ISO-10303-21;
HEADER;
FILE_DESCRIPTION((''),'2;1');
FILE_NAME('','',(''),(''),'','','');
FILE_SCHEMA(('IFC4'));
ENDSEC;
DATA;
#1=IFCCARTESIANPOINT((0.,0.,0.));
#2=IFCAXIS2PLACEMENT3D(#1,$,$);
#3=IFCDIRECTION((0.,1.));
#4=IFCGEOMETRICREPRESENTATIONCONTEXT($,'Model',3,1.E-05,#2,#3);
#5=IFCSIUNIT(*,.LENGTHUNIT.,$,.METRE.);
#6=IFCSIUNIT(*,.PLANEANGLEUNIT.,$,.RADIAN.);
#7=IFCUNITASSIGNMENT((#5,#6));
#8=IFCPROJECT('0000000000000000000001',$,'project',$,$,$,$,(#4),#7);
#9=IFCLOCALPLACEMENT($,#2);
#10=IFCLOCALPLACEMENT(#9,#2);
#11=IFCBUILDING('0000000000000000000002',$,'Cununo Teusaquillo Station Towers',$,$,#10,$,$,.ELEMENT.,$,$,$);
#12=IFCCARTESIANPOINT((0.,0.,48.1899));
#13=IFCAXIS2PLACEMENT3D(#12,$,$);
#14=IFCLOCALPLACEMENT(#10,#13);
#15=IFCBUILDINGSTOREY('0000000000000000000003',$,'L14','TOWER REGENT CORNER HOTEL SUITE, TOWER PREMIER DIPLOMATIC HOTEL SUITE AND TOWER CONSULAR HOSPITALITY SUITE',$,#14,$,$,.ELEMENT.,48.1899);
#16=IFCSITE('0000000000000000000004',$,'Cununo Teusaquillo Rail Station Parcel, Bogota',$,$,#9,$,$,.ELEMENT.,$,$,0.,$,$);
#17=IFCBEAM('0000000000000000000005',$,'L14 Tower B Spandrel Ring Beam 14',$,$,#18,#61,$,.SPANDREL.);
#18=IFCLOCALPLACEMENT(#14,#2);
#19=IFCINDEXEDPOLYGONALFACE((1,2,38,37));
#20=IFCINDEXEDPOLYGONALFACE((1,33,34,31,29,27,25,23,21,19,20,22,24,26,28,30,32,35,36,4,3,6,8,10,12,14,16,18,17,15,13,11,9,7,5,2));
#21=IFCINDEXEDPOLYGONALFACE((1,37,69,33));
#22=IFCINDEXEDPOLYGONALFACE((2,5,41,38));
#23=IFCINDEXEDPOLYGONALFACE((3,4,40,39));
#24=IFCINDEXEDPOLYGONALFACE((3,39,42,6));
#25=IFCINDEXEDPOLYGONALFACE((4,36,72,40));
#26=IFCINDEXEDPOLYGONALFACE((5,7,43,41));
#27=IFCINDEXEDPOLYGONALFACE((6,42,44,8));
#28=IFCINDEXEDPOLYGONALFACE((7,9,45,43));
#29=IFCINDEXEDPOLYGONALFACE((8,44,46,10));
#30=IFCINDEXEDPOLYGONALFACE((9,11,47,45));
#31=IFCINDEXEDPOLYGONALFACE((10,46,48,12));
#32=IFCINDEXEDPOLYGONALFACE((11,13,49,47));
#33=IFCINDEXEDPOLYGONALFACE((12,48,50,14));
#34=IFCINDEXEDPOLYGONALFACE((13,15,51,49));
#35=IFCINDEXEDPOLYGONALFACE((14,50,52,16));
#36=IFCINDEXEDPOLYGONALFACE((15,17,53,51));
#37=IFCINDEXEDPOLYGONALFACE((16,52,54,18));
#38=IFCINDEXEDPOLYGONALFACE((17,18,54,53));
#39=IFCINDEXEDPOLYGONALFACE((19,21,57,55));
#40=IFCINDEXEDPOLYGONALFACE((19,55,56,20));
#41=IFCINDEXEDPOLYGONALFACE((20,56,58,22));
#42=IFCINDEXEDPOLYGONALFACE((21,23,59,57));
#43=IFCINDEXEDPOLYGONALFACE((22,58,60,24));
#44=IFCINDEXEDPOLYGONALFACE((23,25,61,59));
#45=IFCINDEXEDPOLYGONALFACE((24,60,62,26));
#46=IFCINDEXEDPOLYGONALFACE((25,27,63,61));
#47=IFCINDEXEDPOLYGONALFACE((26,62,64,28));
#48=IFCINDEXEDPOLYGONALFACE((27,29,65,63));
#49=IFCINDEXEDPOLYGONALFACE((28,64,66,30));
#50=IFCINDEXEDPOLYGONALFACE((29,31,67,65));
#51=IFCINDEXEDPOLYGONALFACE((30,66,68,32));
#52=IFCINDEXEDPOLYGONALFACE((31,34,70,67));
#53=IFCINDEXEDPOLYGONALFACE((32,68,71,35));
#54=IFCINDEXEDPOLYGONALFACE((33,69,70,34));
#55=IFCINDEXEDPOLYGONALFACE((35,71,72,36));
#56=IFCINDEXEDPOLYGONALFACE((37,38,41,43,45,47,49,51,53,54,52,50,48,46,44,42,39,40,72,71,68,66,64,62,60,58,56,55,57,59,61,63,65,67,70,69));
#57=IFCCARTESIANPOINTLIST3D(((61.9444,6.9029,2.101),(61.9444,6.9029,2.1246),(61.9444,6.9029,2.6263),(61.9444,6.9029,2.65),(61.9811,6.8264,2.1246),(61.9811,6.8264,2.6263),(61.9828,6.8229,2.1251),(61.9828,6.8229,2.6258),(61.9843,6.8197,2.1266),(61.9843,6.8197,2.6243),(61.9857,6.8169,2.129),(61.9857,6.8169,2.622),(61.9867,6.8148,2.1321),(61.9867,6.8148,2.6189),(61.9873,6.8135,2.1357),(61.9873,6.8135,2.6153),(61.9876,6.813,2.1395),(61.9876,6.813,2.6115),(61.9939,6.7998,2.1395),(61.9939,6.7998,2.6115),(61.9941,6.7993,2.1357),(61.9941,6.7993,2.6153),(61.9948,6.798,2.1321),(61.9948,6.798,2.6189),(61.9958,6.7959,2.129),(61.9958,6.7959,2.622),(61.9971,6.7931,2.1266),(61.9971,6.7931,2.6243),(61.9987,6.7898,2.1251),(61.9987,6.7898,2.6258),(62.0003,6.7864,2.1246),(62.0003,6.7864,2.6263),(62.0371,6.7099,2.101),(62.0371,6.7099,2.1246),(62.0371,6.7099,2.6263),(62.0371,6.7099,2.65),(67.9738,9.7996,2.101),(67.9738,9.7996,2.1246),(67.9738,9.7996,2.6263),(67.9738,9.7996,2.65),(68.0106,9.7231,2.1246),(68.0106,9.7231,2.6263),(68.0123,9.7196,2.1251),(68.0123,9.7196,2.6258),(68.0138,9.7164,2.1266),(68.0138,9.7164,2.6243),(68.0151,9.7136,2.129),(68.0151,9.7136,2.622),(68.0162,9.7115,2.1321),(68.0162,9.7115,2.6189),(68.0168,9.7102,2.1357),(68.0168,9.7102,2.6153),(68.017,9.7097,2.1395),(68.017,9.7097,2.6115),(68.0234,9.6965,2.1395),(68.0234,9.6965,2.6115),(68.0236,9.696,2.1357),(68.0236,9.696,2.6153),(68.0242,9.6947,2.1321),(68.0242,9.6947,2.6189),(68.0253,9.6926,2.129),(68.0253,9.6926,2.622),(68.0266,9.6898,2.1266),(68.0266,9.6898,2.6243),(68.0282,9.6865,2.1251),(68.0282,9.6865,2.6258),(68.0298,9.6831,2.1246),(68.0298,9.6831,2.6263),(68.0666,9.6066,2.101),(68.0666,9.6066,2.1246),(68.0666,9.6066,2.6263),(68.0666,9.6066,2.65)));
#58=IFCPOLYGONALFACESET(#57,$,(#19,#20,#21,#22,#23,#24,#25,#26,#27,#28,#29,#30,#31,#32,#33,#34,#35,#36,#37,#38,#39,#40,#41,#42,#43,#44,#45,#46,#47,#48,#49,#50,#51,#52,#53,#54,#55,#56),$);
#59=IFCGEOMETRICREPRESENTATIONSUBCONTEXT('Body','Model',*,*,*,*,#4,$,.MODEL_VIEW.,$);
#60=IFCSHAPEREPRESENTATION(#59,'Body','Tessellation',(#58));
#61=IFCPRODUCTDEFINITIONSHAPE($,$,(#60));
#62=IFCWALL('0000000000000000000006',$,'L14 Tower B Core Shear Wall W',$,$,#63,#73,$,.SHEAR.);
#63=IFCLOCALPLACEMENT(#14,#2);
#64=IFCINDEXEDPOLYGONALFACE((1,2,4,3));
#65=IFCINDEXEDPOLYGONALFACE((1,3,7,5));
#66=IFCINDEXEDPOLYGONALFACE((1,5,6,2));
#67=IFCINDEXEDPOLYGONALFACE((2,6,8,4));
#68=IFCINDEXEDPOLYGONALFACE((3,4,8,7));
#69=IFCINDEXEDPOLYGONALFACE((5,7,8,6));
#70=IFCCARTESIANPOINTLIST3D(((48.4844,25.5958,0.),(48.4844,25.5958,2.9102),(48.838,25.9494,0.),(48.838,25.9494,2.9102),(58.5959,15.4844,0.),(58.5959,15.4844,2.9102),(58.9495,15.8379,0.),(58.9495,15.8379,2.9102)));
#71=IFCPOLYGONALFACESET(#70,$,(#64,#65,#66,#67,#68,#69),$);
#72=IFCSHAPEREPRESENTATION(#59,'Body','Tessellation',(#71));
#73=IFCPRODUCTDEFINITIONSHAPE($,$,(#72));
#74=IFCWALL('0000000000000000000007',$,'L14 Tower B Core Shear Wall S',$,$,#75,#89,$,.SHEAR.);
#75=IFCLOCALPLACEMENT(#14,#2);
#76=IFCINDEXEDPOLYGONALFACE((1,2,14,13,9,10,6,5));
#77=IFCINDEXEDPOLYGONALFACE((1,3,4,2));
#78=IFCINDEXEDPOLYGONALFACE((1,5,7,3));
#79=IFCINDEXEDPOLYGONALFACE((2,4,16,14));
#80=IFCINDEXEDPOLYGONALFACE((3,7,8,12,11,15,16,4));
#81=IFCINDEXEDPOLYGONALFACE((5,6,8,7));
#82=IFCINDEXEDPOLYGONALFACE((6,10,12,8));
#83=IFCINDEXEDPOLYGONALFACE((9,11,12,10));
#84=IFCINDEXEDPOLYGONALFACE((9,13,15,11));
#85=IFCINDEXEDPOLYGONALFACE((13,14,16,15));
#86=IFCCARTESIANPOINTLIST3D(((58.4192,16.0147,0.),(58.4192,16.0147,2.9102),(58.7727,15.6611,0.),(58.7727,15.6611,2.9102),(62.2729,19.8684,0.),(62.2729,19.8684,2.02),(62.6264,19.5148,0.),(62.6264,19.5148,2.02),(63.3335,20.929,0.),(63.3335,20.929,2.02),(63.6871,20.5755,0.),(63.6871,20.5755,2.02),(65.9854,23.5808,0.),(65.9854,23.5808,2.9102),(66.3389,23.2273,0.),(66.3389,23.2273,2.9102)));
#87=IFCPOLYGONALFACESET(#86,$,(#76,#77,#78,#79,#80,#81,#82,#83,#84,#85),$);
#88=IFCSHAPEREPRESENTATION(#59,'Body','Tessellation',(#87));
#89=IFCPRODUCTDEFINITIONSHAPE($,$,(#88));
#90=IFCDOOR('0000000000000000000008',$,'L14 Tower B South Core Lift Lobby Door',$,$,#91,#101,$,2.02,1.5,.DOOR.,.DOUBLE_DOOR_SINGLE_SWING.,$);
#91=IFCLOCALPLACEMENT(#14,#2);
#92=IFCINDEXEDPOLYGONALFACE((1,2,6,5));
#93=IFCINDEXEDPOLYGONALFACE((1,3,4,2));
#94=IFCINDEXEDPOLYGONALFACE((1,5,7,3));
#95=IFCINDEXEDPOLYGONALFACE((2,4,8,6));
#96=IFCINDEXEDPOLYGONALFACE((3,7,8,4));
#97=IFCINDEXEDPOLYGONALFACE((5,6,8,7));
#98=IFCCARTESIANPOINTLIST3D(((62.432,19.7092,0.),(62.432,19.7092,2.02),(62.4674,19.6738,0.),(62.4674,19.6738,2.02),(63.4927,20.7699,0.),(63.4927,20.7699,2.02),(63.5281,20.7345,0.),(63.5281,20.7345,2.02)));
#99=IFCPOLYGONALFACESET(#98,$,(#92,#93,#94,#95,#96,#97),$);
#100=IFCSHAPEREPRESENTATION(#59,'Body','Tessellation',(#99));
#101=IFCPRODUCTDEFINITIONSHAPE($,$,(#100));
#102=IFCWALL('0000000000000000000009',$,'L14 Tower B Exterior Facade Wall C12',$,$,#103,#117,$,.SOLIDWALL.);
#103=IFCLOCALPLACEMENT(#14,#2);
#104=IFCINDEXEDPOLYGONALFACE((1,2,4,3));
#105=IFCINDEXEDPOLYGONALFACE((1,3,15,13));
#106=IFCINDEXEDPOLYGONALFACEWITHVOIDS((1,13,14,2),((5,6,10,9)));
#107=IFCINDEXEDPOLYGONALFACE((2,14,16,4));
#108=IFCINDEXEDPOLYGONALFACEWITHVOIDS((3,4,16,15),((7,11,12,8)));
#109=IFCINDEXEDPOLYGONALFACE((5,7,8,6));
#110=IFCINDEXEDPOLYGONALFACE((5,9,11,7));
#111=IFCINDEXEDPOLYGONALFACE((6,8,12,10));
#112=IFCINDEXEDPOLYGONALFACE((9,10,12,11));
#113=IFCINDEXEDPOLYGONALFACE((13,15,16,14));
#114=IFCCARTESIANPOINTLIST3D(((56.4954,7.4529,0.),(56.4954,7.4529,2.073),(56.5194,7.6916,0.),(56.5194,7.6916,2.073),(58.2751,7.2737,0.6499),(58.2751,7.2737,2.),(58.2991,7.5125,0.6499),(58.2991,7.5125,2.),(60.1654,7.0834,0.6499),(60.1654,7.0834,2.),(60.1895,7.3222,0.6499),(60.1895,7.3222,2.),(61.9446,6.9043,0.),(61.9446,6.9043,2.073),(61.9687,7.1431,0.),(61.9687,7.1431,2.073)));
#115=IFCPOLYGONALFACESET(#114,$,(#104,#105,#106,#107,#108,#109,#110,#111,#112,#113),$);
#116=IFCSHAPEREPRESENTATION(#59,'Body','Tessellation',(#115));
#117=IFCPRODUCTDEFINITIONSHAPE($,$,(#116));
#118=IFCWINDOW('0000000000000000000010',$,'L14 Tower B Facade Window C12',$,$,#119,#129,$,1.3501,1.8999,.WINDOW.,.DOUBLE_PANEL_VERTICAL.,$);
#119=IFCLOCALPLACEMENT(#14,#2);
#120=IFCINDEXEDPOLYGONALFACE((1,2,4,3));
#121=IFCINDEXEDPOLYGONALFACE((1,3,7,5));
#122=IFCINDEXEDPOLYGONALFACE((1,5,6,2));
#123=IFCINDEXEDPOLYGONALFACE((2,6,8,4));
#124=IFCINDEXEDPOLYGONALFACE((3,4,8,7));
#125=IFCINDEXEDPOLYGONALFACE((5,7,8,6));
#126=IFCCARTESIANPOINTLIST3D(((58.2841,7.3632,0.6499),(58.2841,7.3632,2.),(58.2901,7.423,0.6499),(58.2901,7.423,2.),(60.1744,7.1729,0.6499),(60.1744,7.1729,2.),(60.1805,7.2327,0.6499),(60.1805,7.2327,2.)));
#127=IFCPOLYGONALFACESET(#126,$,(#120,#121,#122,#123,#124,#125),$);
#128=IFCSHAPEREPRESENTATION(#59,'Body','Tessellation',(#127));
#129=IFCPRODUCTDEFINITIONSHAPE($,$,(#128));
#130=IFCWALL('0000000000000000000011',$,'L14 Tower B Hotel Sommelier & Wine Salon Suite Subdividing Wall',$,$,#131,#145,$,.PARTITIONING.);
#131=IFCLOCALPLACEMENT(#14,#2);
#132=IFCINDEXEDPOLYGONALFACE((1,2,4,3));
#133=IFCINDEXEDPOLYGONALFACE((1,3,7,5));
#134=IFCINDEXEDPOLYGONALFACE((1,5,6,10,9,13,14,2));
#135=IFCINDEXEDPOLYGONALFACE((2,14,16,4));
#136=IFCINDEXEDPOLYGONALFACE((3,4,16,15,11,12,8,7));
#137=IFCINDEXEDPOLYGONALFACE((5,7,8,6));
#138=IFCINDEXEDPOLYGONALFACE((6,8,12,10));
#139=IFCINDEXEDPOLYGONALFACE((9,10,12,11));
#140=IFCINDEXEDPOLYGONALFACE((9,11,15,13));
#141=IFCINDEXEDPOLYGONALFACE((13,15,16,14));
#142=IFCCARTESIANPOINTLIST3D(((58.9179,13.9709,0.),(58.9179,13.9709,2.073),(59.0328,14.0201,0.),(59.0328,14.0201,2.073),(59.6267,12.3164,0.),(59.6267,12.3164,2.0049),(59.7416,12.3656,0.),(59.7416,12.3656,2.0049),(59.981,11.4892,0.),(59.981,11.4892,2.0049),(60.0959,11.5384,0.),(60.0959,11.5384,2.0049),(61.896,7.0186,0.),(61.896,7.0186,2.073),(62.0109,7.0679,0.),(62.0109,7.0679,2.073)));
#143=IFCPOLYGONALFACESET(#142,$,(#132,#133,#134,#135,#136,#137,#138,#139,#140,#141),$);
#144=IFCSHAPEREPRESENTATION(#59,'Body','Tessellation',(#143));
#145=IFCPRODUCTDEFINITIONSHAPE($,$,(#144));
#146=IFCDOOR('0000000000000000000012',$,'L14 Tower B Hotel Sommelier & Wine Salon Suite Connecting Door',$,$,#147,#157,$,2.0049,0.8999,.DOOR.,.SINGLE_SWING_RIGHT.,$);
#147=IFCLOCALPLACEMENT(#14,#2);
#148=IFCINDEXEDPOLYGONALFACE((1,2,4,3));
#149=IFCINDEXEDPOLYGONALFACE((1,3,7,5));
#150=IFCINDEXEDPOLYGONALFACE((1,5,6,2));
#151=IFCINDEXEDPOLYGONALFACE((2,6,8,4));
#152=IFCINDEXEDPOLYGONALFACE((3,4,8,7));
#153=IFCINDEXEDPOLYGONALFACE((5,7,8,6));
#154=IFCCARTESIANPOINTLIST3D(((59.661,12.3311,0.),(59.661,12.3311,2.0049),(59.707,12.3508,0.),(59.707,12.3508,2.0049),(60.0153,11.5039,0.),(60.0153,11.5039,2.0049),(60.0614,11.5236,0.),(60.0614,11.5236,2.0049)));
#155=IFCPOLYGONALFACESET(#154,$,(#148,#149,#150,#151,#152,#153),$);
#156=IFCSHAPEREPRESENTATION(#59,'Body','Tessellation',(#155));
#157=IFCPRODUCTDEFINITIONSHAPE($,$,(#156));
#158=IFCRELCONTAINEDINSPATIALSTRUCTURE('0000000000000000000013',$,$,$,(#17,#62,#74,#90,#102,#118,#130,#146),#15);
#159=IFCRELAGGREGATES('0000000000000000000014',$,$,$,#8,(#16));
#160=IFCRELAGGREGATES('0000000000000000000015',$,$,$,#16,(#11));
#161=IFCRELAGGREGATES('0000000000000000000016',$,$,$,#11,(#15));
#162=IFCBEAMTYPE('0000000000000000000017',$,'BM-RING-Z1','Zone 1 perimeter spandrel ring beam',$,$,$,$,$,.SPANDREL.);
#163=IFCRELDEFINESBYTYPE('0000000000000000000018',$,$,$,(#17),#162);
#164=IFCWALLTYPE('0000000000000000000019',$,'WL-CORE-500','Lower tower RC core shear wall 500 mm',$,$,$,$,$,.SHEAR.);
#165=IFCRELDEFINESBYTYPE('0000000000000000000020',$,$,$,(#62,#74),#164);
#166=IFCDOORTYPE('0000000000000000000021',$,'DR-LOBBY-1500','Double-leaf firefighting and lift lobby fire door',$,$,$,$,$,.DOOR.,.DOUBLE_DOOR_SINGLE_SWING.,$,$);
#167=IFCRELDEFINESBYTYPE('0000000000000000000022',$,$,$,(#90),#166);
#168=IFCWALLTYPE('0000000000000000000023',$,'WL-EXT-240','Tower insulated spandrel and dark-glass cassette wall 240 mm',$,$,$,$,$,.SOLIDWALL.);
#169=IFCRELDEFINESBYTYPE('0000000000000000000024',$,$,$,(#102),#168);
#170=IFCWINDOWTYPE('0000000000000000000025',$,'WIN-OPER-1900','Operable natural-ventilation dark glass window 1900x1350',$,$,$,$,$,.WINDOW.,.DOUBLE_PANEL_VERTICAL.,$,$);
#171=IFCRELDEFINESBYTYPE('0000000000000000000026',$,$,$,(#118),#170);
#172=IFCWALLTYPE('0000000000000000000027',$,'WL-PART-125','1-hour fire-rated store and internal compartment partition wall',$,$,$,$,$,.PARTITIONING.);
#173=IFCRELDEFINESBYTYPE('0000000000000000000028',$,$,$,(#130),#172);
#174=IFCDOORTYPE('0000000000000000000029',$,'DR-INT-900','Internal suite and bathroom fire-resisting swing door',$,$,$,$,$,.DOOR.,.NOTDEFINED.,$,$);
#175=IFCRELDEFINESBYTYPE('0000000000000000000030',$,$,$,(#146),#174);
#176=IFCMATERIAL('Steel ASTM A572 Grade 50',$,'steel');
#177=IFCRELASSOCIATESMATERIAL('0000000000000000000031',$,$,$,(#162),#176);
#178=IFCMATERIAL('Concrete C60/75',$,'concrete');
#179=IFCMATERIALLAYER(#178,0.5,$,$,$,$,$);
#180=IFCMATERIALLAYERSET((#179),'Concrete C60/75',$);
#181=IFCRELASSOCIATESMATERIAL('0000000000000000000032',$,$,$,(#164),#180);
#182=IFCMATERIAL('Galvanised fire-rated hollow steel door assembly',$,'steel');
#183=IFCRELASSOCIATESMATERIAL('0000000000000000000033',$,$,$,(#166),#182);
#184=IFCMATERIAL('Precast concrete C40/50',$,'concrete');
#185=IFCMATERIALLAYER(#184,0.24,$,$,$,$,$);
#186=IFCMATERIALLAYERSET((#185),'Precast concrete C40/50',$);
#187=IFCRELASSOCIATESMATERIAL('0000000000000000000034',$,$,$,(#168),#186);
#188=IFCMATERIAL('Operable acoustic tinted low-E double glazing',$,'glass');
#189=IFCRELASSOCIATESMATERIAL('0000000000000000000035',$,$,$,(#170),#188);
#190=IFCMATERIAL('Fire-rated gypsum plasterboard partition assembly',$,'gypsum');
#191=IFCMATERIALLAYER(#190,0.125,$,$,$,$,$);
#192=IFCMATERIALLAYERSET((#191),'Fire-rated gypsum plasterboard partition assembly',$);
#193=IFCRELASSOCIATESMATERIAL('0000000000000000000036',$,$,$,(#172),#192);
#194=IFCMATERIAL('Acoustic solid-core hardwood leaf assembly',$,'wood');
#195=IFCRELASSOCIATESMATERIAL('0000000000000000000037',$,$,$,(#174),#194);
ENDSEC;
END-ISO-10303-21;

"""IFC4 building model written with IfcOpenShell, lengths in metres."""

from ifc_helpers import new_model, si_unit, direction, frame, frame_2d, origin, origin_2d, place, context, subcontext, project, spatial, rectangle, i_section, extrude, source, transform, mapped, material, layer, layer_set, material_profile, profile_set, type_object, element, fill, save


model = new_model("IFC4")

# Units and contexts
model_context = context("Model", 3, precision=1e-05, world=origin(), true_north=direction((0.0, 1.0)))
body_context = subcontext(model_context, "Body", "Model", "MODEL_VIEW")
ifc_project = project(units=[si_unit("LENGTHUNIT", "METRE"), si_unit("PLANEANGLEUNIT", "RADIAN")], contexts=[model_context])

# Site, building, storey
site_placement = place(None, origin())
site = spatial("IfcSite", under=ifc_project, at=site_placement, Name="Cununo Teusaquillo Rail Station Parcel, Bogota", CompositionType="ELEMENT", RefElevation=0.0)
building_placement = place(site_placement, origin())
building = spatial("IfcBuilding", under=site, at=building_placement, Name="Cununo Teusaquillo Station Towers", CompositionType="ELEMENT")
storey_placement = place(building_placement, frame((0.0, 0.0, 48.1899)))
storey = spatial("IfcBuildingStorey", under=building, at=storey_placement, Name="L14", Description="TOWER REGENT CORNER HOTEL SUITE, TOWER PREMIER DIPLOMATIC HOTEL SUITE AND TOWER CONSULAR HOSPITALITY SUITE", CompositionType="ELEMENT", Elevation=48.1899)

# Beam
ifc_material_1 = material(Name="Steel ASTM A572 Grade 50", Category="steel")
ifc_material_profile_1 = material_profile(ifc_material_1, i_section(OverallWidth=0.2141, OverallDepth=0.5491, WebThickness=0.0146, FlangeThickness=0.0237, FilletRadius=0.0149, at=origin_2d()), Name="W21X93")
ifc_profile_set_1 = profile_set([ifc_material_profile_1], Name="Steel ASTM A572 Grade 50")
beam_type_1 = type_object("IfcBeamType", Name="BM-RING-Z1", Description="Zone 1 perimeter spandrel ring beam", PredefinedType="SPANDREL", material=ifc_profile_set_1)
beam_1_placement = place(storey_placement, frame((61.9907, 6.8064, 2.3755), z_axis=(0.901374, 0.433041, 0.0), x_axis=(-0.433041, 0.901374, 0.0)))
element("IfcBeam", 1, at=beam_1_placement, inside=storey, type_object=beam_type_1, Name="L14 Tower B Spandrel Ring Beam 14", PredefinedType="SPANDREL", context=body_context, shape_type="SweptSolid", body=[
    extrude(i_section(OverallWidth=0.2141, OverallDepth=0.5491, WebThickness=0.0146, FlangeThickness=0.0237, FilletRadius=0.0149, at=origin_2d()), origin(), (0.0, 0.0, 1.0), 6.6892),
])

# Wall
ifc_material_2 = material(Name="Concrete C60/75", Category="concrete")
ifc_layer_1 = layer(ifc_material_2, 0.5)
ifc_layer_set_1 = layer_set([ifc_layer_1], Name="Concrete C60/75")
wall_type_1 = type_object("IfcWallType", Name="WL-CORE-500", Description="Lower tower RC core shear wall 500 mm", PredefinedType="SHEAR", material=ifc_layer_set_1)
wall_1_placement = place(storey_placement, frame((58.7727, 15.6611, 0.0), z_axis=(0.0, 0.0, 1.0), x_axis=(-0.707107, 0.707107, 0.0)))
element("IfcWall", 2, at=wall_1_placement, inside=storey, type_object=wall_type_1, Name="L14 Tower B Core Shear Wall W", PredefinedType="SHEAR", context=body_context, shape_type="SweptSolid", body=[
    extrude(rectangle(XDim=14.2998, YDim=0.5, at=frame_2d((7.1499, 0.0))), origin(), (0.0, 0.0, 1.0), 2.9102),
])

# Wall, opening, door
wall_2_placement = place(storey_placement, frame((58.5959, 15.8379, 0.0), z_axis=(0.0, 0.0, 1.0), x_axis=(0.707107, 0.707107, 0.0)))
wall_2 = element("IfcWall", 3, at=wall_2_placement, inside=storey, type_object=wall_type_1, Name="L14 Tower B Core Shear Wall S", PredefinedType="SHEAR", context=body_context, shape_type="SweptSolid", body=[
    extrude(rectangle(XDim=10.7002, YDim=0.5, at=frame_2d((5.3501, 0.0))), origin(), (0.0, 0.0, 1.0), 2.9102),
])
shared_shape_1 = source(origin(), body_context, "Body", "SweptSolid", [
    extrude(rectangle(XDim=1.5, YDim=2.02, at=frame_2d((0.75, 1.01))), frame((0.0, 0.26, 0.0), z_axis=(0.0, -1.0, 0.0), x_axis=(1.0, 0.0, 0.0)), (0.0, 0.0, 1.0), 0.52),
])
opening_1_placement = place(wall_2_placement, frame((5.45, 0.0, 0.0)))
opening_1 = element("IfcOpeningElement", 4, at=opening_1_placement, cuts=wall_2, PredefinedType="OPENING", context=body_context, shape_type="MappedRepresentation", body=[
    mapped(shared_shape_1, transform((0.0, 0.0, 0.0), x_axis=(1.0, 0.0, 0.0), y_axis=(0.0, 1.0, 0.0), z_axis=(0.0, 0.0, 1.0), scale=1.0)),
])
ifc_material_3 = material(Name="Galvanised fire-rated hollow steel door assembly", Category="steel")
door_type_1 = type_object("IfcDoorType", Name="DR-LOBBY-1500", Description="Double-leaf firefighting and lift lobby fire door", OperationType="DOUBLE_DOOR_SINGLE_SWING", PredefinedType="DOOR", material=ifc_material_3)
shared_shape_2 = source(origin(), body_context, "Body", "SweptSolid", [
    extrude(rectangle(XDim=1.5, YDim=2.02, at=frame_2d((0.75, 1.01))), frame((0.0, 0.0249, 0.0), z_axis=(0.0, -1.0, 0.0), x_axis=(1.0, 0.0, 0.0)), (0.0, 0.0, 1.0), 0.05),
])
door_1_placement = place(opening_1_placement, origin())
door_1 = element("IfcDoor", 5, at=door_1_placement, inside=storey, type_object=door_type_1, Name="L14 Tower B South Core Lift Lobby Door", OperationType="DOUBLE_DOOR_SINGLE_SWING", OverallHeight=2.02, OverallWidth=1.5, PredefinedType="DOOR", context=body_context, shape_type="MappedRepresentation", body=[
    mapped(shared_shape_2, transform((0.0, 0.0, 0.0), x_axis=(1.0, 0.0, 0.0), y_axis=(0.0, 1.0, 0.0), z_axis=(0.0, 0.0, 1.0), scale=1.0)),
])
fill(opening_1, door_1)

# Wall, opening, window
ifc_material_4 = material(Name="Precast concrete C40/50", Category="concrete")
ifc_layer_2 = layer(ifc_material_4, 0.24)
ifc_layer_set_2 = layer_set([ifc_layer_2], Name="Precast concrete C40/50")
wall_type_2 = type_object("IfcWallType", Name="WL-EXT-240", Description="Tower insulated spandrel and dark-glass cassette wall 240 mm", PredefinedType="SOLIDWALL", material=ifc_layer_set_2)
wall_3_placement = place(storey_placement, frame((61.9565, 7.0237, 0.0), z_axis=(0.0, 0.0, 1.0), x_axis=(-0.994971, 0.100166, 0.0)))
wall_3 = element("IfcWall", 6, at=wall_3_placement, inside=storey, type_object=wall_type_2, Name="L14 Tower B Exterior Facade Wall C12", PredefinedType="SOLIDWALL", context=body_context, shape_type="SweptSolid", body=[
    extrude(rectangle(XDim=5.4768, YDim=0.24, at=frame_2d((2.7383, 0.0))), origin(), (0.0, 0.0, 1.0), 2.073),
])
shared_shape_3 = source(origin(), body_context, "Body", "SweptSolid", [
    extrude(rectangle(XDim=1.8999, YDim=1.3501, at=frame_2d((0.95, 0.675))), frame((0.0, 0.1299, 0.0), z_axis=(0.0, -1.0, 0.0), x_axis=(1.0, 0.0, 0.0)), (0.0, 0.0, 1.0), 0.26),
])
opening_2_placement = place(wall_3_placement, frame((1.7881, 0.0, 0.6499)))
opening_2 = element("IfcOpeningElement", 7, at=opening_2_placement, cuts=wall_3, PredefinedType="OPENING", context=body_context, shape_type="MappedRepresentation", body=[
    mapped(shared_shape_3, transform((0.0, 0.0, 0.0), x_axis=(1.0, 0.0, 0.0), y_axis=(0.0, 1.0, 0.0), z_axis=(0.0, 0.0, 1.0), scale=1.0)),
])
ifc_material_5 = material(Name="Operable acoustic tinted low-E double glazing", Category="glass")
window_type = type_object("IfcWindowType", Name="WIN-OPER-1900", Description="Operable natural-ventilation dark glass window 1900x1350", PartitioningType="DOUBLE_PANEL_VERTICAL", PredefinedType="WINDOW", material=ifc_material_5)
shared_shape_4 = source(origin(), body_context, "Body", "SweptSolid", [
    extrude(rectangle(XDim=1.8999, YDim=1.3501, at=frame_2d((0.95, 0.675))), frame((0.0, 0.03, 0.0), z_axis=(0.0, -1.0, 0.0), x_axis=(1.0, 0.0, 0.0)), (0.0, 0.0, 1.0), 0.0601),
])
window_placement = place(opening_2_placement, origin())
window = element("IfcWindow", 8, at=window_placement, inside=storey, type_object=window_type, Name="L14 Tower B Facade Window C12", OverallHeight=1.3501, OverallWidth=1.8999, PartitioningType="DOUBLE_PANEL_VERTICAL", PredefinedType="WINDOW", context=body_context, shape_type="MappedRepresentation", body=[
    mapped(shared_shape_4, transform((0.0, 0.0, 0.0), x_axis=(1.0, 0.0, 0.0), y_axis=(0.0, 1.0, 0.0), z_axis=(0.0, 0.0, 1.0), scale=1.0)),
])
fill(opening_2, window)

# Wall, opening, door
ifc_material_6 = material(Name="Fire-rated gypsum plasterboard partition assembly", Category="gypsum")
ifc_layer_3 = layer(ifc_material_6, 0.125)
ifc_layer_set_3 = layer_set([ifc_layer_3], Name="Fire-rated gypsum plasterboard partition assembly")
wall_type_3 = type_object("IfcWallType", Name="WL-PART-125", Description="1-hour fire-rated store and internal compartment partition wall", PredefinedType="PARTITIONING", material=ifc_layer_set_3)
wall_4_placement = place(storey_placement, frame((58.9753, 13.9956, 0.0), z_axis=(0.0, 0.0, 1.0), x_axis=(0.393756, -0.919215, 0.0)))
wall_4 = element("IfcWall", 9, at=wall_4_placement, inside=storey, type_object=wall_type_3, Name="L14 Tower B Hotel Sommelier & Wine Salon Suite Subdividing Wall", PredefinedType="PARTITIONING", context=body_context, shape_type="SweptSolid", body=[
    extrude(rectangle(XDim=7.5632, YDim=0.125, at=frame_2d((3.7817, 0.0))), origin(), (0.0, 0.0, 1.0), 2.073),
])
shared_shape_5 = source(origin(), body_context, "Body", "SweptSolid", [
    extrude(rectangle(XDim=0.8999, YDim=2.0049, at=frame_2d((0.45, 1.0024))), frame((0.0, 0.0725, 0.0), z_axis=(0.0, -1.0, 0.0), x_axis=(1.0, 0.0, 0.0)), (0.0, 0.0, 1.0), 0.145),
])
opening_3_placement = place(wall_4_placement, frame((1.8, 0.0, 0.0)))
opening_3 = element("IfcOpeningElement", 10, at=opening_3_placement, cuts=wall_4, PredefinedType="OPENING", context=body_context, shape_type="MappedRepresentation", body=[
    mapped(shared_shape_5, transform((0.0, 0.0, 0.0), x_axis=(1.0, 0.0, 0.0), y_axis=(0.0, 1.0, 0.0), z_axis=(0.0, 0.0, 1.0), scale=1.0)),
])
ifc_material_7 = material(Name="Acoustic solid-core hardwood leaf assembly", Category="wood")
door_type_2 = type_object("IfcDoorType", Name="DR-INT-900", Description="Internal suite and bathroom fire-resisting swing door", OperationType="NOTDEFINED", PredefinedType="DOOR", material=ifc_material_7)
shared_shape_6 = source(origin(), body_context, "Body", "SweptSolid", [
    extrude(rectangle(XDim=0.8999, YDim=2.0049, at=frame_2d((0.45, 1.0024))), frame((0.0, 0.0249, 0.0), z_axis=(0.0, -1.0, 0.0), x_axis=(1.0, 0.0, 0.0)), (0.0, 0.0, 1.0), 0.05),
])
door_2_placement = place(opening_3_placement, origin())
door_2 = element("IfcDoor", 11, at=door_2_placement, inside=storey, type_object=door_type_2, Name="L14 Tower B Hotel Sommelier & Wine Salon Suite Connecting Door", OperationType="SINGLE_SWING_RIGHT", OverallHeight=2.0049, OverallWidth=0.8999, PredefinedType="DOOR", context=body_context, shape_type="MappedRepresentation", body=[
    mapped(shared_shape_6, transform((0.0, 0.0, 0.0), x_axis=(1.0, 0.0, 0.0), y_axis=(0.0, 1.0, 0.0), z_axis=(0.0, 0.0, 1.0), scale=1.0)),
])
fill(opening_3, door_2)

save(model, "model.ifc")
